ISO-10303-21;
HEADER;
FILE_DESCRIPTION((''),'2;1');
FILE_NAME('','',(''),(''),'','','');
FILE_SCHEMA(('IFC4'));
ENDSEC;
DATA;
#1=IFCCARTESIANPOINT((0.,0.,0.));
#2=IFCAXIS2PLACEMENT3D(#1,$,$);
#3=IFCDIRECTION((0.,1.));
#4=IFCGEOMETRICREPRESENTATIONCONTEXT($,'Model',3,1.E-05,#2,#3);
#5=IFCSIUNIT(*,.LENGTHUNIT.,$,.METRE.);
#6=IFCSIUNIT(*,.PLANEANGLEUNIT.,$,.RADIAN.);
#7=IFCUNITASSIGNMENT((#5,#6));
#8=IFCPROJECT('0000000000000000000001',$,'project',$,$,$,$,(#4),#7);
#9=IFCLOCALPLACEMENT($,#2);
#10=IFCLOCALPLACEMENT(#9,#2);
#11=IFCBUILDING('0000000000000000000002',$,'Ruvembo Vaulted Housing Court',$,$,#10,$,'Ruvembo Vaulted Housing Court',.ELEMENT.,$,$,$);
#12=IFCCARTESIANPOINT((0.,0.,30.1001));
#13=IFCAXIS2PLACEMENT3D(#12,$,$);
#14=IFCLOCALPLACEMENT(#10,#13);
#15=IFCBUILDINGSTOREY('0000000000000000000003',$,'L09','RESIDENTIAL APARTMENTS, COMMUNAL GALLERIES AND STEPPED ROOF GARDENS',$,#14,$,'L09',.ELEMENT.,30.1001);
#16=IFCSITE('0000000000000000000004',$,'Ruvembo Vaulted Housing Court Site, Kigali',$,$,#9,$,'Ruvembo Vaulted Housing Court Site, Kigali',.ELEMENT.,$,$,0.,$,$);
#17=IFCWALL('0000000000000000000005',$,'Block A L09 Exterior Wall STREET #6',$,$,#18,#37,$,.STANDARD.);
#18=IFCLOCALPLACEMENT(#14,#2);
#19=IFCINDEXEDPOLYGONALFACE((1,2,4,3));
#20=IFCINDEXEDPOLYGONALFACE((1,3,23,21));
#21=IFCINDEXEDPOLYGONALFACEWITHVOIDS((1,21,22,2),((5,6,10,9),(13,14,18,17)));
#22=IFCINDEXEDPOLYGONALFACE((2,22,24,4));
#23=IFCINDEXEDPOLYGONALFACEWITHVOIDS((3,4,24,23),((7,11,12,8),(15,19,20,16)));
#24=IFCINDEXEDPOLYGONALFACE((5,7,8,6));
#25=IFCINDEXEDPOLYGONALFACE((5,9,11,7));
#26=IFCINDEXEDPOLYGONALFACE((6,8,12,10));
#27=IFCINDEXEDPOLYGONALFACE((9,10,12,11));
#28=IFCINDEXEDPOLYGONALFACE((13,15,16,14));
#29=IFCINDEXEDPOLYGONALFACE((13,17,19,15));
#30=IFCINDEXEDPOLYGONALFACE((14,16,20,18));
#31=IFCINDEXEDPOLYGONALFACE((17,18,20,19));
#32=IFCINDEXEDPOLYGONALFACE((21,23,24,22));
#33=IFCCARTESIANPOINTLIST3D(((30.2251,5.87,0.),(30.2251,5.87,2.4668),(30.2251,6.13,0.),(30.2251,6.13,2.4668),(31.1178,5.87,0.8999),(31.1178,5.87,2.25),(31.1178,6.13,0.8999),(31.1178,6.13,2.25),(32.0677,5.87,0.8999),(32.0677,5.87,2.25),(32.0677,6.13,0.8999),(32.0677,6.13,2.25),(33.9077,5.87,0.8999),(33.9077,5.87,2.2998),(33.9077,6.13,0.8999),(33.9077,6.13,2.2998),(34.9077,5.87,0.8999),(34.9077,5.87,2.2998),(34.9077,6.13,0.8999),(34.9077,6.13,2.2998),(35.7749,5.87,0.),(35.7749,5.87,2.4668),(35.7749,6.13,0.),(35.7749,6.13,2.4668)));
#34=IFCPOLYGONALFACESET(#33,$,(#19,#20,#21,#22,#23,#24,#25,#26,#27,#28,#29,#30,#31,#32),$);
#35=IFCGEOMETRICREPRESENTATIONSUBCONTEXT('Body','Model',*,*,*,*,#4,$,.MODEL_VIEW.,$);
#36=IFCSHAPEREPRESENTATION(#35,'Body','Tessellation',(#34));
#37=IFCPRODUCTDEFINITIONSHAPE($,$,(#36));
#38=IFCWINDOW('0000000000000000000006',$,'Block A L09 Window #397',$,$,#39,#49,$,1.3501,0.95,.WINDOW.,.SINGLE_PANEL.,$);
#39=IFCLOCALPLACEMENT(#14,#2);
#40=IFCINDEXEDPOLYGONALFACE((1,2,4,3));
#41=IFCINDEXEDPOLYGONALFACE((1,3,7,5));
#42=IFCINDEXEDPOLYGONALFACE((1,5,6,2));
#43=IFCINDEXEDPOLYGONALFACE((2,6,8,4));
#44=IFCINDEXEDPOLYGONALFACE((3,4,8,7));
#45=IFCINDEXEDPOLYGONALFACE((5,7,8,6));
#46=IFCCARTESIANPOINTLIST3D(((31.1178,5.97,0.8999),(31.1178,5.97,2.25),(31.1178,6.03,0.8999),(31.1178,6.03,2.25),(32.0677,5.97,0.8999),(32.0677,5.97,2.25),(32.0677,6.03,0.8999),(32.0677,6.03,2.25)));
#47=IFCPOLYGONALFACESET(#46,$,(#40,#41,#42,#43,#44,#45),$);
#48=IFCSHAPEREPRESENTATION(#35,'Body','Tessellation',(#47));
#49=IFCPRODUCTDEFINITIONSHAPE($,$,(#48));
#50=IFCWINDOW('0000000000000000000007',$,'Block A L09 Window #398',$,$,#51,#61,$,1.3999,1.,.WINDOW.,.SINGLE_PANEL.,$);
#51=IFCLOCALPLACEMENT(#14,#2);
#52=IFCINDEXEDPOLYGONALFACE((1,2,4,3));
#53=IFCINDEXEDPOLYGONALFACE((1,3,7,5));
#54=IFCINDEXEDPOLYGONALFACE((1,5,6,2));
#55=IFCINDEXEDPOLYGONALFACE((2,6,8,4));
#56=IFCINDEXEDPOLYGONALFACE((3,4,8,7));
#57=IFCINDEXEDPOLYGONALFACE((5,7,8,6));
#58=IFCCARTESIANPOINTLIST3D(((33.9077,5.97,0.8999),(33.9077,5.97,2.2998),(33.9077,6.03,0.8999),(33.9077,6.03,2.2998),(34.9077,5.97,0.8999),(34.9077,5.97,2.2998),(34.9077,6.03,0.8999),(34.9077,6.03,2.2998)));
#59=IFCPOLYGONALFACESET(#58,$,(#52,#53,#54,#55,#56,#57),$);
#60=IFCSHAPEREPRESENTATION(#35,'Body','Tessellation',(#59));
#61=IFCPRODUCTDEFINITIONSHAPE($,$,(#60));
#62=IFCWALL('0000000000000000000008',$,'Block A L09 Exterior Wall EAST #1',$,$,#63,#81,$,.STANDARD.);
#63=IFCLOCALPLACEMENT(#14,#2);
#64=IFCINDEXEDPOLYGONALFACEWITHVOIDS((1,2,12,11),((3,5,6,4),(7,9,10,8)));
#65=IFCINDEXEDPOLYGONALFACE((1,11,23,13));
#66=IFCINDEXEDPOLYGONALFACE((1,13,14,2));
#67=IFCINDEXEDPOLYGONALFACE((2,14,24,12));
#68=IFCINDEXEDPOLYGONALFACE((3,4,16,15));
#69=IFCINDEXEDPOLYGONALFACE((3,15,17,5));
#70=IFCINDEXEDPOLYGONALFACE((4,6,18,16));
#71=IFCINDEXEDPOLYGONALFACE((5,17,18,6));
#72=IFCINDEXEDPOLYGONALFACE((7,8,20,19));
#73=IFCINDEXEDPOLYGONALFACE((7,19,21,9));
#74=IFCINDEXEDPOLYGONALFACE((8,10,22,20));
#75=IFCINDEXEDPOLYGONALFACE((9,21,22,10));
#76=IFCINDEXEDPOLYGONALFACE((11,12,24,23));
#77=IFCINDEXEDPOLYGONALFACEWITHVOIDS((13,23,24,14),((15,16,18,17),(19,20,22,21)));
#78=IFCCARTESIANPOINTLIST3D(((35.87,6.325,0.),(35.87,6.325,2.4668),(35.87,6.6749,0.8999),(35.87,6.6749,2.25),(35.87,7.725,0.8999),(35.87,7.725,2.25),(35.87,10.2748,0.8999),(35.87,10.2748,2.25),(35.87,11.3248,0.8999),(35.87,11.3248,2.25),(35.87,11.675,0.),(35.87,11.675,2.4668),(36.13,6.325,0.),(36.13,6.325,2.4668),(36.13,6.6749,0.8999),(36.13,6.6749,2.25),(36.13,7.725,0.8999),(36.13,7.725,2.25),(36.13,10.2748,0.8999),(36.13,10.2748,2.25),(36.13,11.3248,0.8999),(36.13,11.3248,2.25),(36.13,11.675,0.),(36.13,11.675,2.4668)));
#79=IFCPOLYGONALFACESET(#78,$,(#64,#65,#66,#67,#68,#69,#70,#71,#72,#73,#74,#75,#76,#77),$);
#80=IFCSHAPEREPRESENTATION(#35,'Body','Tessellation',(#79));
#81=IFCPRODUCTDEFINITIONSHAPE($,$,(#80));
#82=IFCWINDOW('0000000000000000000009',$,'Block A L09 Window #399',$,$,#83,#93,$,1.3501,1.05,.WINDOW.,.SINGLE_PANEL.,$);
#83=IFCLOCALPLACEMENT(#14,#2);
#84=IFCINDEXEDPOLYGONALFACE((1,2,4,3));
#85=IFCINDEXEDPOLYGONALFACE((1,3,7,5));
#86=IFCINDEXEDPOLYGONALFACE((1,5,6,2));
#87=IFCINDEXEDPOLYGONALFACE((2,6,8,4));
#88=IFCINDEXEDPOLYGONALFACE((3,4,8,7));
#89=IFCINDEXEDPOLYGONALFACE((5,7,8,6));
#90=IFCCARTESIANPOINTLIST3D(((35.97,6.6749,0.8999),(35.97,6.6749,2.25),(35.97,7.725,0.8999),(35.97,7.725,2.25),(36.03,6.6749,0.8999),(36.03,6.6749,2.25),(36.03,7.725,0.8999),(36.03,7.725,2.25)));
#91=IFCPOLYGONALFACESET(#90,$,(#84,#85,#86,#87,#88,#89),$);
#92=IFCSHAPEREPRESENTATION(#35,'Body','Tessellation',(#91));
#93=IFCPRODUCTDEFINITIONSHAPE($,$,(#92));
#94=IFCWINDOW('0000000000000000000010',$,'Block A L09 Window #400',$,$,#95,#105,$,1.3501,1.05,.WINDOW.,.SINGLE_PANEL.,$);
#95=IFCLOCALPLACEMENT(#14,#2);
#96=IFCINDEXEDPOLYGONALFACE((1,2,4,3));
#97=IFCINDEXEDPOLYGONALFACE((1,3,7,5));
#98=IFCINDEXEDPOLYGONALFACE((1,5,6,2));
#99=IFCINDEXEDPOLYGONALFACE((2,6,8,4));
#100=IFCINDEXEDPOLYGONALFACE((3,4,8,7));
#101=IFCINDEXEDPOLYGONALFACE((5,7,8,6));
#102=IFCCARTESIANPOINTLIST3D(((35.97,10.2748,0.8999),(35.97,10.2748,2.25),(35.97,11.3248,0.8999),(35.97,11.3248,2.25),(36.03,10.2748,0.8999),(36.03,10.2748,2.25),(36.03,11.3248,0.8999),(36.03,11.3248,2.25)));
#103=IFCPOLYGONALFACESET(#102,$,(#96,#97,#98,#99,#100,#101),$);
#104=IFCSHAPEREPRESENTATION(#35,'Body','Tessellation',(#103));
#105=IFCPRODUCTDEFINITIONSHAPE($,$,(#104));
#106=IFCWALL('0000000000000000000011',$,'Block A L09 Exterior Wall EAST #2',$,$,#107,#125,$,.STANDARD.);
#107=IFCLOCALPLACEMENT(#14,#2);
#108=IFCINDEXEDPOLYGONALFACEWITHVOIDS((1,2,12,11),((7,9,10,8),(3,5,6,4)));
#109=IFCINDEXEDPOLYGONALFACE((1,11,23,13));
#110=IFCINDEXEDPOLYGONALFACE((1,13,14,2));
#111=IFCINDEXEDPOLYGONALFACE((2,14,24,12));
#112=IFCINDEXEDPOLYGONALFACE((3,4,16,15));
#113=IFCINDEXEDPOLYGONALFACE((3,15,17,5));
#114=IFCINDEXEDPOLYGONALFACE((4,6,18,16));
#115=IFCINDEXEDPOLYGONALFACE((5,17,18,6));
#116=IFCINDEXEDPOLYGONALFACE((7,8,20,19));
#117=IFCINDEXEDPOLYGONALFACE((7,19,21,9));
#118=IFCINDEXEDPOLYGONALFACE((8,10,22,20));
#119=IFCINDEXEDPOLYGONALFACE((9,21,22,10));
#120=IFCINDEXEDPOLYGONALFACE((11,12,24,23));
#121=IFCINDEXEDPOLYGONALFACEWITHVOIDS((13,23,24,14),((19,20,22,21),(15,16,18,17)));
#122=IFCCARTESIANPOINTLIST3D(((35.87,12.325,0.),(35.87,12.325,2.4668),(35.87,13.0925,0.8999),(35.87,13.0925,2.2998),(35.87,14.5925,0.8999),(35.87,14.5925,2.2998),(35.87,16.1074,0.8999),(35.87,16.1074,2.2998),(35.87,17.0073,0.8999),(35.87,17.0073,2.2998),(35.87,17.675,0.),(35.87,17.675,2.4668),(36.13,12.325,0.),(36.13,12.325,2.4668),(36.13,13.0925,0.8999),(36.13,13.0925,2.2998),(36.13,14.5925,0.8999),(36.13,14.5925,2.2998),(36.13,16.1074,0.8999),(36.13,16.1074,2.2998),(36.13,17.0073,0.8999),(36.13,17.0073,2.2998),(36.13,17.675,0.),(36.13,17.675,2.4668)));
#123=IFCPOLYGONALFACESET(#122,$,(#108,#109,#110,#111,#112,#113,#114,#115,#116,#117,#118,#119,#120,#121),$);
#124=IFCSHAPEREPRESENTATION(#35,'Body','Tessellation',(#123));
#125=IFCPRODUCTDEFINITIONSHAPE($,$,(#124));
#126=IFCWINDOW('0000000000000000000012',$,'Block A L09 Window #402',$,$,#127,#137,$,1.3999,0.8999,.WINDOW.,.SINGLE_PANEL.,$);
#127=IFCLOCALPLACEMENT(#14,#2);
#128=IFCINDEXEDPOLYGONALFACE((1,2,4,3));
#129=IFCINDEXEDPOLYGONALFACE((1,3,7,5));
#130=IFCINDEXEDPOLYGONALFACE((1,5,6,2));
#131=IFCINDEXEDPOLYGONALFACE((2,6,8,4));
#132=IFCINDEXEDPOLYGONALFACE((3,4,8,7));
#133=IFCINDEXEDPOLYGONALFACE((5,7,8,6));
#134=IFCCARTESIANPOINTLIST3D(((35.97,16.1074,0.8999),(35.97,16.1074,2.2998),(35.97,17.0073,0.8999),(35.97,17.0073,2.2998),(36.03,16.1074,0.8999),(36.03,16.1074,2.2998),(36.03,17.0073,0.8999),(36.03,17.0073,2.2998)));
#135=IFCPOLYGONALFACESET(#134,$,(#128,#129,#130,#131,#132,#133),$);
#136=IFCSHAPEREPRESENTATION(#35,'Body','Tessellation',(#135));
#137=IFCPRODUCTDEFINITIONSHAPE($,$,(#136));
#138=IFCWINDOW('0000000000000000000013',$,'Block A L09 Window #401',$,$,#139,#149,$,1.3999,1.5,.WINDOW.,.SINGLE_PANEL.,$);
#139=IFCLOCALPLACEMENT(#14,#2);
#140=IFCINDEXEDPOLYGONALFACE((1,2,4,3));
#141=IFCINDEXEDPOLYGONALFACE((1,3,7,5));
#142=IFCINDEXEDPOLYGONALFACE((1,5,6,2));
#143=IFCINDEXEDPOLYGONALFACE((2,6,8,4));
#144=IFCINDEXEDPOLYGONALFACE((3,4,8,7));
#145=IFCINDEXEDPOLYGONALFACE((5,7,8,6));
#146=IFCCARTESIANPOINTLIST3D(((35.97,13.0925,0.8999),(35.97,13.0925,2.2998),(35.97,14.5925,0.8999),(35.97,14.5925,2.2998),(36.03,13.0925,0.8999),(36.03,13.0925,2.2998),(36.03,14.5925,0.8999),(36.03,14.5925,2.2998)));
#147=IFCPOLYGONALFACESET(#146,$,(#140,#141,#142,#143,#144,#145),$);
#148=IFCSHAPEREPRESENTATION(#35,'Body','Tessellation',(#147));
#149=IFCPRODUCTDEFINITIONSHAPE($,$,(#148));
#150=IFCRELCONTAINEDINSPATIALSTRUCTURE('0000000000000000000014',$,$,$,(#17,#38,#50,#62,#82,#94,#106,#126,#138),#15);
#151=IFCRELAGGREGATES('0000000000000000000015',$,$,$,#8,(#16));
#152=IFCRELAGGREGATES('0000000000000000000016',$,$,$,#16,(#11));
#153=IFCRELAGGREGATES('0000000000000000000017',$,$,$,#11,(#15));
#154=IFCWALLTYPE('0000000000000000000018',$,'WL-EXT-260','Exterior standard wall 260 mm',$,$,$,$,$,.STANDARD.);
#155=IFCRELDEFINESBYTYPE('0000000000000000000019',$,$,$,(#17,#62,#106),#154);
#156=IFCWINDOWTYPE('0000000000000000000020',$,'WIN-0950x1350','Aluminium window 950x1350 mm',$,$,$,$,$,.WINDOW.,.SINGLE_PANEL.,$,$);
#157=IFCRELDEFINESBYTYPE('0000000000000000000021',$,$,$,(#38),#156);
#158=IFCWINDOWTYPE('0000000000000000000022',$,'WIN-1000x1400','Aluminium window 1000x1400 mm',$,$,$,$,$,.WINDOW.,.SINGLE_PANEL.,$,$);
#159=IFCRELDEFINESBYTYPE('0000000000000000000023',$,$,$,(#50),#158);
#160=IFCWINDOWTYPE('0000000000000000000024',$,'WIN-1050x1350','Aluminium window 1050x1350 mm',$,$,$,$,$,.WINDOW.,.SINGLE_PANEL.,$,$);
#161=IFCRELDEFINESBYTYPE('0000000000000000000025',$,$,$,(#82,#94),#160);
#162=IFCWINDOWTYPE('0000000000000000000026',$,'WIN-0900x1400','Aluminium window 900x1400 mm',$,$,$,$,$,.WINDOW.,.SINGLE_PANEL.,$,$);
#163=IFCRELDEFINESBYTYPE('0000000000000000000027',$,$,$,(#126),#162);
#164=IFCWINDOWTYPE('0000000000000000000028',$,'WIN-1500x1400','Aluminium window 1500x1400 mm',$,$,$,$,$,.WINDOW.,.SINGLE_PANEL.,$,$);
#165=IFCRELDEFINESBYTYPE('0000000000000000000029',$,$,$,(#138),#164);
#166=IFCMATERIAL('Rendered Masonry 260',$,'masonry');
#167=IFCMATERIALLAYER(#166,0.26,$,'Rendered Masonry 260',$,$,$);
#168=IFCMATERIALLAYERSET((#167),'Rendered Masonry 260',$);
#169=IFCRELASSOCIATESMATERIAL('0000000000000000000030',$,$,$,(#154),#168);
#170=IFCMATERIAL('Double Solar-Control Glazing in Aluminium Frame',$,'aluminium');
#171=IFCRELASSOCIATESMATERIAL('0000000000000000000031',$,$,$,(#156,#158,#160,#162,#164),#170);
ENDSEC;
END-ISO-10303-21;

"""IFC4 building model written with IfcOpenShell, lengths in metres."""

from ifc_helpers import new_model, si_unit, direction, frame, frame_2d, origin, place, context, subcontext, project, spatial, rectangle, extrude, material, layer, layer_set, type_object, element, fill, save


model = new_model("IFC4")

# Units and contexts
model_context = context("Model", 3, precision=1e-05, world=origin(), true_north=direction((0.0, 1.0)))
body_context = subcontext(model_context, "Body", "Model", "MODEL_VIEW")
ifc_project = project(units=[si_unit("LENGTHUNIT", "METRE"), si_unit("PLANEANGLEUNIT", "RADIAN")], contexts=[model_context])

# Site, building, storey
site_placement = place(None, origin())
site = spatial("IfcSite", under=ifc_project, at=site_placement, Name="Ruvembo Vaulted Housing Court Site, Kigali", LongName="Ruvembo Vaulted Housing Court Site, Kigali", CompositionType="ELEMENT", RefElevation=0.0)
building_placement = place(site_placement, origin())
building = spatial("IfcBuilding", under=site, at=building_placement, Name="Ruvembo Vaulted Housing Court", LongName="Ruvembo Vaulted Housing Court", CompositionType="ELEMENT")
storey_placement = place(building_placement, frame((0.0, 0.0, 30.1001)))
storey = spatial("IfcBuildingStorey", under=building, at=storey_placement, Name="L09", Description="RESIDENTIAL APARTMENTS, COMMUNAL GALLERIES AND STEPPED ROOF GARDENS", LongName="L09", CompositionType="ELEMENT", Elevation=30.1001)

# Walls, openings, windows
ifc_material_1 = material(Name="Rendered Masonry 260", Category="masonry")
ifc_layer_1 = layer(ifc_material_1, 0.26, Name="Rendered Masonry 260")
ifc_layer_set_1 = layer_set([ifc_layer_1], Name="Rendered Masonry 260")
wall_type_1 = type_object("IfcWallType", Name="WL-EXT-260", Description="Exterior standard wall 260 mm", PredefinedType="STANDARD", material=ifc_layer_set_1)
wall_1_placement = place(storey_placement, frame((30.2251, 6.0, 0.0), z_axis=(0.0, 0.0, 1.0), x_axis=(1.0, 0.0, 0.0)))
wall_1 = element("IfcWall", 1, at=wall_1_placement, inside=storey, type_object=wall_type_1, Name="Block A L09 Exterior Wall STREET #6", PredefinedType="STANDARD", context=body_context, shape_type="SweptSolid", body=[
    extrude(rectangle(XDim=5.5498, YDim=0.26, at=frame_2d((2.7749, 0.0))), origin(), (0.0, 0.0, 1.0), 2.4668),
])
opening_1_placement = place(wall_1_placement, frame((0.8926, 0.0, 0.8999)))
opening_1 = element("IfcOpeningElement", 2, at=opening_1_placement, cuts=wall_1, PredefinedType="OPENING", context=body_context, shape_type="SweptSolid", body=[
    extrude(rectangle(XDim=0.95, YDim=1.3501, at=frame_2d((0.4751, 0.675))), frame((0.0, 0.1399, 0.0), z_axis=(0.0, -1.0, 0.0), x_axis=(1.0, 0.0, 0.0)), (0.0, 0.0, 1.0), 0.28),
])
opening_2_placement = place(wall_1_placement, frame((3.6826, 0.0, 0.8999)))
opening_2 = element("IfcOpeningElement", 3, at=opening_2_placement, cuts=wall_1, PredefinedType="OPENING", context=body_context, shape_type="SweptSolid", body=[
    extrude(rectangle(XDim=1.0, YDim=1.3999, at=frame_2d((0.5, 0.7))), frame((0.0, 0.1399, 0.0), z_axis=(0.0, -1.0, 0.0), x_axis=(1.0, 0.0, 0.0)), (0.0, 0.0, 1.0), 0.28),
])
ifc_material_2 = material(Name="Double Solar-Control Glazing in Aluminium Frame", Category="aluminium")
window_type_1 = type_object("IfcWindowType", Name="WIN-0950x1350", Description="Aluminium window 950x1350 mm", PartitioningType="SINGLE_PANEL", PredefinedType="WINDOW", material=ifc_material_2)
window_1_placement = place(opening_1_placement, origin())
window_1 = element("IfcWindow", 4, at=window_1_placement, inside=storey, type_object=window_type_1, Name="Block A L09 Window #397", OverallHeight=1.3501, OverallWidth=0.95, PartitioningType="SINGLE_PANEL", PredefinedType="WINDOW", context=body_context, shape_type="SweptSolid", body=[
    extrude(rectangle(XDim=0.95, YDim=1.3501, at=frame_2d((0.4751, 0.675))), frame((0.0, 0.03, 0.0), z_axis=(0.0, -1.0, 0.0), x_axis=(1.0, 0.0, 0.0)), (0.0, 0.0, 1.0), 0.0601),
])
fill(opening_1, window_1)
window_type_2 = type_object("IfcWindowType", Name="WIN-1000x1400", Description="Aluminium window 1000x1400 mm", PartitioningType="SINGLE_PANEL", PredefinedType="WINDOW", material=ifc_material_2)
window_2_placement = place(opening_2_placement, origin())
window_2 = element("IfcWindow", 5, at=window_2_placement, inside=storey, type_object=window_type_2, Name="Block A L09 Window #398", OverallHeight=1.3999, OverallWidth=1.0, PartitioningType="SINGLE_PANEL", PredefinedType="WINDOW", context=body_context, shape_type="SweptSolid", body=[
    extrude(rectangle(XDim=1.0, YDim=1.3999, at=frame_2d((0.5, 0.7))), frame((0.0, 0.03, 0.0), z_axis=(0.0, -1.0, 0.0), x_axis=(1.0, 0.0, 0.0)), (0.0, 0.0, 1.0), 0.0601),
])
fill(opening_2, window_2)
wall_2_placement = place(storey_placement, frame((36.0, 6.325, 0.0), z_axis=(0.0, 0.0, 1.0), x_axis=(0.0, 1.0, 0.0)))
wall_2 = element("IfcWall", 6, at=wall_2_placement, inside=storey, type_object=wall_type_1, Name="Block A L09 Exterior Wall EAST #1", PredefinedType="STANDARD", context=body_context, shape_type="SweptSolid", body=[
    extrude(rectangle(XDim=5.3501, YDim=0.26, at=frame_2d((2.675, 0.0))), origin(), (0.0, 0.0, 1.0), 2.4668),
])
opening_3_placement = place(wall_2_placement, frame((0.3501, 0.0, 0.8999)))
opening_3 = element("IfcOpeningElement", 7, at=opening_3_placement, cuts=wall_2, PredefinedType="OPENING", context=body_context, shape_type="SweptSolid", body=[
    extrude(rectangle(XDim=1.05, YDim=1.3501, at=frame_2d((0.5249, 0.675))), frame((0.0, 0.1399, 0.0), z_axis=(0.0, -1.0, 0.0), x_axis=(1.0, 0.0, 0.0)), (0.0, 0.0, 1.0), 0.28),
])
opening_4_placement = place(wall_2_placement, frame((3.95, 0.0, 0.8999)))
opening_4 = element("IfcOpeningElement", 8, at=opening_4_placement, cuts=wall_2, PredefinedType="OPENING", context=body_context, shape_type="SweptSolid", body=[
    extrude(rectangle(XDim=1.05, YDim=1.3501, at=frame_2d((0.5249, 0.675))), frame((0.0, 0.1399, 0.0), z_axis=(0.0, -1.0, 0.0), x_axis=(1.0, 0.0, 0.0)), (0.0, 0.0, 1.0), 0.28),
])
window_type_3 = type_object("IfcWindowType", Name="WIN-1050x1350", Description="Aluminium window 1050x1350 mm", PartitioningType="SINGLE_PANEL", PredefinedType="WINDOW", material=ifc_material_2)
window_3_placement = place(opening_3_placement, origin())
window_3 = element("IfcWindow", 9, at=window_3_placement, inside=storey, type_object=window_type_3, Name="Block A L09 Window #399", OverallHeight=1.3501, OverallWidth=1.05, PartitioningType="SINGLE_PANEL", PredefinedType="WINDOW", context=body_context, shape_type="SweptSolid", body=[
    extrude(rectangle(XDim=1.05, YDim=1.3501, at=frame_2d((0.5249, 0.675))), frame((0.0, 0.03, 0.0), z_axis=(0.0, -1.0, 0.0), x_axis=(1.0, 0.0, 0.0)), (0.0, 0.0, 1.0), 0.0601),
])
fill(opening_3, window_3)
window_4_placement = place(opening_4_placement, origin())
window_4 = element("IfcWindow", 10, at=window_4_placement, inside=storey, type_object=window_type_3, Name="Block A L09 Window #400", OverallHeight=1.3501, OverallWidth=1.05, PartitioningType="SINGLE_PANEL", PredefinedType="WINDOW", context=body_context, shape_type="SweptSolid", body=[
    extrude(rectangle(XDim=1.05, YDim=1.3501, at=frame_2d((0.5249, 0.675))), frame((0.0, 0.03, 0.0), z_axis=(0.0, -1.0, 0.0), x_axis=(1.0, 0.0, 0.0)), (0.0, 0.0, 1.0), 0.0601),
])
fill(opening_4, window_4)
wall_3_placement = place(storey_placement, frame((36.0, 12.325, 0.0), z_axis=(0.0, 0.0, 1.0), x_axis=(0.0, 1.0, 0.0)))
wall_3 = element("IfcWall", 11, at=wall_3_placement, inside=storey, type_object=wall_type_1, Name="Block A L09 Exterior Wall EAST #2", PredefinedType="STANDARD", context=body_context, shape_type="SweptSolid", body=[
    extrude(rectangle(XDim=5.3501, YDim=0.26, at=frame_2d((2.675, 0.0))), origin(), (0.0, 0.0, 1.0), 2.4668),
])
opening_5_placement = place(wall_3_placement, frame((0.7676, 0.0, 0.8999)))
opening_5 = element("IfcOpeningElement", 12, at=opening_5_placement, cuts=wall_3, PredefinedType="OPENING", context=body_context, shape_type="SweptSolid", body=[
    extrude(rectangle(XDim=1.5, YDim=1.3999, at=frame_2d((0.75, 0.7))), frame((0.0, 0.1399, 0.0), z_axis=(0.0, -1.0, 0.0), x_axis=(1.0, 0.0, 0.0)), (0.0, 0.0, 1.0), 0.28),
])
opening_6_placement = place(wall_3_placement, frame((3.7825, 0.0, 0.8999)))
opening_6 = element("IfcOpeningElement", 13, at=opening_6_placement, cuts=wall_3, PredefinedType="OPENING", context=body_context, shape_type="SweptSolid", body=[
    extrude(rectangle(XDim=0.8999, YDim=1.3999, at=frame_2d((0.45, 0.7))), frame((0.0, 0.1399, 0.0), z_axis=(0.0, -1.0, 0.0), x_axis=(1.0, 0.0, 0.0)), (0.0, 0.0, 1.0), 0.28),
])
window_type_4 = type_object("IfcWindowType", Name="WIN-0900x1400", Description="Aluminium window 900x1400 mm", PartitioningType="SINGLE_PANEL", PredefinedType="WINDOW", material=ifc_material_2)
window_5_placement = place(opening_6_placement, origin())
window_5 = element("IfcWindow", 14, at=window_5_placement, inside=storey, type_object=window_type_4, Name="Block A L09 Window #402", OverallHeight=1.3999, OverallWidth=0.8999, PartitioningType="SINGLE_PANEL", PredefinedType="WINDOW", context=body_context, shape_type="SweptSolid", body=[
    extrude(rectangle(XDim=0.8999, YDim=1.3999, at=frame_2d((0.45, 0.7))), frame((0.0, 0.03, 0.0), z_axis=(0.0, -1.0, 0.0), x_axis=(1.0, 0.0, 0.0)), (0.0, 0.0, 1.0), 0.0601),
])
fill(opening_6, window_5)
window_type_5 = type_object("IfcWindowType", Name="WIN-1500x1400", Description="Aluminium window 1500x1400 mm", PartitioningType="SINGLE_PANEL", PredefinedType="WINDOW", material=ifc_material_2)
window_6_placement = place(opening_5_placement, origin())
window_6 = element("IfcWindow", 15, at=window_6_placement, inside=storey, type_object=window_type_5, Name="Block A L09 Window #401", OverallHeight=1.3999, OverallWidth=1.5, PartitioningType="SINGLE_PANEL", PredefinedType="WINDOW", context=body_context, shape_type="SweptSolid", body=[
    extrude(rectangle(XDim=1.5, YDim=1.3999, at=frame_2d((0.75, 0.7))), frame((0.0, 0.03, 0.0), z_axis=(0.0, -1.0, 0.0), x_axis=(1.0, 0.0, 0.0)), (0.0, 0.0, 1.0), 0.0601),
])
fill(opening_5, window_6)

save(model, "model.ifc")
